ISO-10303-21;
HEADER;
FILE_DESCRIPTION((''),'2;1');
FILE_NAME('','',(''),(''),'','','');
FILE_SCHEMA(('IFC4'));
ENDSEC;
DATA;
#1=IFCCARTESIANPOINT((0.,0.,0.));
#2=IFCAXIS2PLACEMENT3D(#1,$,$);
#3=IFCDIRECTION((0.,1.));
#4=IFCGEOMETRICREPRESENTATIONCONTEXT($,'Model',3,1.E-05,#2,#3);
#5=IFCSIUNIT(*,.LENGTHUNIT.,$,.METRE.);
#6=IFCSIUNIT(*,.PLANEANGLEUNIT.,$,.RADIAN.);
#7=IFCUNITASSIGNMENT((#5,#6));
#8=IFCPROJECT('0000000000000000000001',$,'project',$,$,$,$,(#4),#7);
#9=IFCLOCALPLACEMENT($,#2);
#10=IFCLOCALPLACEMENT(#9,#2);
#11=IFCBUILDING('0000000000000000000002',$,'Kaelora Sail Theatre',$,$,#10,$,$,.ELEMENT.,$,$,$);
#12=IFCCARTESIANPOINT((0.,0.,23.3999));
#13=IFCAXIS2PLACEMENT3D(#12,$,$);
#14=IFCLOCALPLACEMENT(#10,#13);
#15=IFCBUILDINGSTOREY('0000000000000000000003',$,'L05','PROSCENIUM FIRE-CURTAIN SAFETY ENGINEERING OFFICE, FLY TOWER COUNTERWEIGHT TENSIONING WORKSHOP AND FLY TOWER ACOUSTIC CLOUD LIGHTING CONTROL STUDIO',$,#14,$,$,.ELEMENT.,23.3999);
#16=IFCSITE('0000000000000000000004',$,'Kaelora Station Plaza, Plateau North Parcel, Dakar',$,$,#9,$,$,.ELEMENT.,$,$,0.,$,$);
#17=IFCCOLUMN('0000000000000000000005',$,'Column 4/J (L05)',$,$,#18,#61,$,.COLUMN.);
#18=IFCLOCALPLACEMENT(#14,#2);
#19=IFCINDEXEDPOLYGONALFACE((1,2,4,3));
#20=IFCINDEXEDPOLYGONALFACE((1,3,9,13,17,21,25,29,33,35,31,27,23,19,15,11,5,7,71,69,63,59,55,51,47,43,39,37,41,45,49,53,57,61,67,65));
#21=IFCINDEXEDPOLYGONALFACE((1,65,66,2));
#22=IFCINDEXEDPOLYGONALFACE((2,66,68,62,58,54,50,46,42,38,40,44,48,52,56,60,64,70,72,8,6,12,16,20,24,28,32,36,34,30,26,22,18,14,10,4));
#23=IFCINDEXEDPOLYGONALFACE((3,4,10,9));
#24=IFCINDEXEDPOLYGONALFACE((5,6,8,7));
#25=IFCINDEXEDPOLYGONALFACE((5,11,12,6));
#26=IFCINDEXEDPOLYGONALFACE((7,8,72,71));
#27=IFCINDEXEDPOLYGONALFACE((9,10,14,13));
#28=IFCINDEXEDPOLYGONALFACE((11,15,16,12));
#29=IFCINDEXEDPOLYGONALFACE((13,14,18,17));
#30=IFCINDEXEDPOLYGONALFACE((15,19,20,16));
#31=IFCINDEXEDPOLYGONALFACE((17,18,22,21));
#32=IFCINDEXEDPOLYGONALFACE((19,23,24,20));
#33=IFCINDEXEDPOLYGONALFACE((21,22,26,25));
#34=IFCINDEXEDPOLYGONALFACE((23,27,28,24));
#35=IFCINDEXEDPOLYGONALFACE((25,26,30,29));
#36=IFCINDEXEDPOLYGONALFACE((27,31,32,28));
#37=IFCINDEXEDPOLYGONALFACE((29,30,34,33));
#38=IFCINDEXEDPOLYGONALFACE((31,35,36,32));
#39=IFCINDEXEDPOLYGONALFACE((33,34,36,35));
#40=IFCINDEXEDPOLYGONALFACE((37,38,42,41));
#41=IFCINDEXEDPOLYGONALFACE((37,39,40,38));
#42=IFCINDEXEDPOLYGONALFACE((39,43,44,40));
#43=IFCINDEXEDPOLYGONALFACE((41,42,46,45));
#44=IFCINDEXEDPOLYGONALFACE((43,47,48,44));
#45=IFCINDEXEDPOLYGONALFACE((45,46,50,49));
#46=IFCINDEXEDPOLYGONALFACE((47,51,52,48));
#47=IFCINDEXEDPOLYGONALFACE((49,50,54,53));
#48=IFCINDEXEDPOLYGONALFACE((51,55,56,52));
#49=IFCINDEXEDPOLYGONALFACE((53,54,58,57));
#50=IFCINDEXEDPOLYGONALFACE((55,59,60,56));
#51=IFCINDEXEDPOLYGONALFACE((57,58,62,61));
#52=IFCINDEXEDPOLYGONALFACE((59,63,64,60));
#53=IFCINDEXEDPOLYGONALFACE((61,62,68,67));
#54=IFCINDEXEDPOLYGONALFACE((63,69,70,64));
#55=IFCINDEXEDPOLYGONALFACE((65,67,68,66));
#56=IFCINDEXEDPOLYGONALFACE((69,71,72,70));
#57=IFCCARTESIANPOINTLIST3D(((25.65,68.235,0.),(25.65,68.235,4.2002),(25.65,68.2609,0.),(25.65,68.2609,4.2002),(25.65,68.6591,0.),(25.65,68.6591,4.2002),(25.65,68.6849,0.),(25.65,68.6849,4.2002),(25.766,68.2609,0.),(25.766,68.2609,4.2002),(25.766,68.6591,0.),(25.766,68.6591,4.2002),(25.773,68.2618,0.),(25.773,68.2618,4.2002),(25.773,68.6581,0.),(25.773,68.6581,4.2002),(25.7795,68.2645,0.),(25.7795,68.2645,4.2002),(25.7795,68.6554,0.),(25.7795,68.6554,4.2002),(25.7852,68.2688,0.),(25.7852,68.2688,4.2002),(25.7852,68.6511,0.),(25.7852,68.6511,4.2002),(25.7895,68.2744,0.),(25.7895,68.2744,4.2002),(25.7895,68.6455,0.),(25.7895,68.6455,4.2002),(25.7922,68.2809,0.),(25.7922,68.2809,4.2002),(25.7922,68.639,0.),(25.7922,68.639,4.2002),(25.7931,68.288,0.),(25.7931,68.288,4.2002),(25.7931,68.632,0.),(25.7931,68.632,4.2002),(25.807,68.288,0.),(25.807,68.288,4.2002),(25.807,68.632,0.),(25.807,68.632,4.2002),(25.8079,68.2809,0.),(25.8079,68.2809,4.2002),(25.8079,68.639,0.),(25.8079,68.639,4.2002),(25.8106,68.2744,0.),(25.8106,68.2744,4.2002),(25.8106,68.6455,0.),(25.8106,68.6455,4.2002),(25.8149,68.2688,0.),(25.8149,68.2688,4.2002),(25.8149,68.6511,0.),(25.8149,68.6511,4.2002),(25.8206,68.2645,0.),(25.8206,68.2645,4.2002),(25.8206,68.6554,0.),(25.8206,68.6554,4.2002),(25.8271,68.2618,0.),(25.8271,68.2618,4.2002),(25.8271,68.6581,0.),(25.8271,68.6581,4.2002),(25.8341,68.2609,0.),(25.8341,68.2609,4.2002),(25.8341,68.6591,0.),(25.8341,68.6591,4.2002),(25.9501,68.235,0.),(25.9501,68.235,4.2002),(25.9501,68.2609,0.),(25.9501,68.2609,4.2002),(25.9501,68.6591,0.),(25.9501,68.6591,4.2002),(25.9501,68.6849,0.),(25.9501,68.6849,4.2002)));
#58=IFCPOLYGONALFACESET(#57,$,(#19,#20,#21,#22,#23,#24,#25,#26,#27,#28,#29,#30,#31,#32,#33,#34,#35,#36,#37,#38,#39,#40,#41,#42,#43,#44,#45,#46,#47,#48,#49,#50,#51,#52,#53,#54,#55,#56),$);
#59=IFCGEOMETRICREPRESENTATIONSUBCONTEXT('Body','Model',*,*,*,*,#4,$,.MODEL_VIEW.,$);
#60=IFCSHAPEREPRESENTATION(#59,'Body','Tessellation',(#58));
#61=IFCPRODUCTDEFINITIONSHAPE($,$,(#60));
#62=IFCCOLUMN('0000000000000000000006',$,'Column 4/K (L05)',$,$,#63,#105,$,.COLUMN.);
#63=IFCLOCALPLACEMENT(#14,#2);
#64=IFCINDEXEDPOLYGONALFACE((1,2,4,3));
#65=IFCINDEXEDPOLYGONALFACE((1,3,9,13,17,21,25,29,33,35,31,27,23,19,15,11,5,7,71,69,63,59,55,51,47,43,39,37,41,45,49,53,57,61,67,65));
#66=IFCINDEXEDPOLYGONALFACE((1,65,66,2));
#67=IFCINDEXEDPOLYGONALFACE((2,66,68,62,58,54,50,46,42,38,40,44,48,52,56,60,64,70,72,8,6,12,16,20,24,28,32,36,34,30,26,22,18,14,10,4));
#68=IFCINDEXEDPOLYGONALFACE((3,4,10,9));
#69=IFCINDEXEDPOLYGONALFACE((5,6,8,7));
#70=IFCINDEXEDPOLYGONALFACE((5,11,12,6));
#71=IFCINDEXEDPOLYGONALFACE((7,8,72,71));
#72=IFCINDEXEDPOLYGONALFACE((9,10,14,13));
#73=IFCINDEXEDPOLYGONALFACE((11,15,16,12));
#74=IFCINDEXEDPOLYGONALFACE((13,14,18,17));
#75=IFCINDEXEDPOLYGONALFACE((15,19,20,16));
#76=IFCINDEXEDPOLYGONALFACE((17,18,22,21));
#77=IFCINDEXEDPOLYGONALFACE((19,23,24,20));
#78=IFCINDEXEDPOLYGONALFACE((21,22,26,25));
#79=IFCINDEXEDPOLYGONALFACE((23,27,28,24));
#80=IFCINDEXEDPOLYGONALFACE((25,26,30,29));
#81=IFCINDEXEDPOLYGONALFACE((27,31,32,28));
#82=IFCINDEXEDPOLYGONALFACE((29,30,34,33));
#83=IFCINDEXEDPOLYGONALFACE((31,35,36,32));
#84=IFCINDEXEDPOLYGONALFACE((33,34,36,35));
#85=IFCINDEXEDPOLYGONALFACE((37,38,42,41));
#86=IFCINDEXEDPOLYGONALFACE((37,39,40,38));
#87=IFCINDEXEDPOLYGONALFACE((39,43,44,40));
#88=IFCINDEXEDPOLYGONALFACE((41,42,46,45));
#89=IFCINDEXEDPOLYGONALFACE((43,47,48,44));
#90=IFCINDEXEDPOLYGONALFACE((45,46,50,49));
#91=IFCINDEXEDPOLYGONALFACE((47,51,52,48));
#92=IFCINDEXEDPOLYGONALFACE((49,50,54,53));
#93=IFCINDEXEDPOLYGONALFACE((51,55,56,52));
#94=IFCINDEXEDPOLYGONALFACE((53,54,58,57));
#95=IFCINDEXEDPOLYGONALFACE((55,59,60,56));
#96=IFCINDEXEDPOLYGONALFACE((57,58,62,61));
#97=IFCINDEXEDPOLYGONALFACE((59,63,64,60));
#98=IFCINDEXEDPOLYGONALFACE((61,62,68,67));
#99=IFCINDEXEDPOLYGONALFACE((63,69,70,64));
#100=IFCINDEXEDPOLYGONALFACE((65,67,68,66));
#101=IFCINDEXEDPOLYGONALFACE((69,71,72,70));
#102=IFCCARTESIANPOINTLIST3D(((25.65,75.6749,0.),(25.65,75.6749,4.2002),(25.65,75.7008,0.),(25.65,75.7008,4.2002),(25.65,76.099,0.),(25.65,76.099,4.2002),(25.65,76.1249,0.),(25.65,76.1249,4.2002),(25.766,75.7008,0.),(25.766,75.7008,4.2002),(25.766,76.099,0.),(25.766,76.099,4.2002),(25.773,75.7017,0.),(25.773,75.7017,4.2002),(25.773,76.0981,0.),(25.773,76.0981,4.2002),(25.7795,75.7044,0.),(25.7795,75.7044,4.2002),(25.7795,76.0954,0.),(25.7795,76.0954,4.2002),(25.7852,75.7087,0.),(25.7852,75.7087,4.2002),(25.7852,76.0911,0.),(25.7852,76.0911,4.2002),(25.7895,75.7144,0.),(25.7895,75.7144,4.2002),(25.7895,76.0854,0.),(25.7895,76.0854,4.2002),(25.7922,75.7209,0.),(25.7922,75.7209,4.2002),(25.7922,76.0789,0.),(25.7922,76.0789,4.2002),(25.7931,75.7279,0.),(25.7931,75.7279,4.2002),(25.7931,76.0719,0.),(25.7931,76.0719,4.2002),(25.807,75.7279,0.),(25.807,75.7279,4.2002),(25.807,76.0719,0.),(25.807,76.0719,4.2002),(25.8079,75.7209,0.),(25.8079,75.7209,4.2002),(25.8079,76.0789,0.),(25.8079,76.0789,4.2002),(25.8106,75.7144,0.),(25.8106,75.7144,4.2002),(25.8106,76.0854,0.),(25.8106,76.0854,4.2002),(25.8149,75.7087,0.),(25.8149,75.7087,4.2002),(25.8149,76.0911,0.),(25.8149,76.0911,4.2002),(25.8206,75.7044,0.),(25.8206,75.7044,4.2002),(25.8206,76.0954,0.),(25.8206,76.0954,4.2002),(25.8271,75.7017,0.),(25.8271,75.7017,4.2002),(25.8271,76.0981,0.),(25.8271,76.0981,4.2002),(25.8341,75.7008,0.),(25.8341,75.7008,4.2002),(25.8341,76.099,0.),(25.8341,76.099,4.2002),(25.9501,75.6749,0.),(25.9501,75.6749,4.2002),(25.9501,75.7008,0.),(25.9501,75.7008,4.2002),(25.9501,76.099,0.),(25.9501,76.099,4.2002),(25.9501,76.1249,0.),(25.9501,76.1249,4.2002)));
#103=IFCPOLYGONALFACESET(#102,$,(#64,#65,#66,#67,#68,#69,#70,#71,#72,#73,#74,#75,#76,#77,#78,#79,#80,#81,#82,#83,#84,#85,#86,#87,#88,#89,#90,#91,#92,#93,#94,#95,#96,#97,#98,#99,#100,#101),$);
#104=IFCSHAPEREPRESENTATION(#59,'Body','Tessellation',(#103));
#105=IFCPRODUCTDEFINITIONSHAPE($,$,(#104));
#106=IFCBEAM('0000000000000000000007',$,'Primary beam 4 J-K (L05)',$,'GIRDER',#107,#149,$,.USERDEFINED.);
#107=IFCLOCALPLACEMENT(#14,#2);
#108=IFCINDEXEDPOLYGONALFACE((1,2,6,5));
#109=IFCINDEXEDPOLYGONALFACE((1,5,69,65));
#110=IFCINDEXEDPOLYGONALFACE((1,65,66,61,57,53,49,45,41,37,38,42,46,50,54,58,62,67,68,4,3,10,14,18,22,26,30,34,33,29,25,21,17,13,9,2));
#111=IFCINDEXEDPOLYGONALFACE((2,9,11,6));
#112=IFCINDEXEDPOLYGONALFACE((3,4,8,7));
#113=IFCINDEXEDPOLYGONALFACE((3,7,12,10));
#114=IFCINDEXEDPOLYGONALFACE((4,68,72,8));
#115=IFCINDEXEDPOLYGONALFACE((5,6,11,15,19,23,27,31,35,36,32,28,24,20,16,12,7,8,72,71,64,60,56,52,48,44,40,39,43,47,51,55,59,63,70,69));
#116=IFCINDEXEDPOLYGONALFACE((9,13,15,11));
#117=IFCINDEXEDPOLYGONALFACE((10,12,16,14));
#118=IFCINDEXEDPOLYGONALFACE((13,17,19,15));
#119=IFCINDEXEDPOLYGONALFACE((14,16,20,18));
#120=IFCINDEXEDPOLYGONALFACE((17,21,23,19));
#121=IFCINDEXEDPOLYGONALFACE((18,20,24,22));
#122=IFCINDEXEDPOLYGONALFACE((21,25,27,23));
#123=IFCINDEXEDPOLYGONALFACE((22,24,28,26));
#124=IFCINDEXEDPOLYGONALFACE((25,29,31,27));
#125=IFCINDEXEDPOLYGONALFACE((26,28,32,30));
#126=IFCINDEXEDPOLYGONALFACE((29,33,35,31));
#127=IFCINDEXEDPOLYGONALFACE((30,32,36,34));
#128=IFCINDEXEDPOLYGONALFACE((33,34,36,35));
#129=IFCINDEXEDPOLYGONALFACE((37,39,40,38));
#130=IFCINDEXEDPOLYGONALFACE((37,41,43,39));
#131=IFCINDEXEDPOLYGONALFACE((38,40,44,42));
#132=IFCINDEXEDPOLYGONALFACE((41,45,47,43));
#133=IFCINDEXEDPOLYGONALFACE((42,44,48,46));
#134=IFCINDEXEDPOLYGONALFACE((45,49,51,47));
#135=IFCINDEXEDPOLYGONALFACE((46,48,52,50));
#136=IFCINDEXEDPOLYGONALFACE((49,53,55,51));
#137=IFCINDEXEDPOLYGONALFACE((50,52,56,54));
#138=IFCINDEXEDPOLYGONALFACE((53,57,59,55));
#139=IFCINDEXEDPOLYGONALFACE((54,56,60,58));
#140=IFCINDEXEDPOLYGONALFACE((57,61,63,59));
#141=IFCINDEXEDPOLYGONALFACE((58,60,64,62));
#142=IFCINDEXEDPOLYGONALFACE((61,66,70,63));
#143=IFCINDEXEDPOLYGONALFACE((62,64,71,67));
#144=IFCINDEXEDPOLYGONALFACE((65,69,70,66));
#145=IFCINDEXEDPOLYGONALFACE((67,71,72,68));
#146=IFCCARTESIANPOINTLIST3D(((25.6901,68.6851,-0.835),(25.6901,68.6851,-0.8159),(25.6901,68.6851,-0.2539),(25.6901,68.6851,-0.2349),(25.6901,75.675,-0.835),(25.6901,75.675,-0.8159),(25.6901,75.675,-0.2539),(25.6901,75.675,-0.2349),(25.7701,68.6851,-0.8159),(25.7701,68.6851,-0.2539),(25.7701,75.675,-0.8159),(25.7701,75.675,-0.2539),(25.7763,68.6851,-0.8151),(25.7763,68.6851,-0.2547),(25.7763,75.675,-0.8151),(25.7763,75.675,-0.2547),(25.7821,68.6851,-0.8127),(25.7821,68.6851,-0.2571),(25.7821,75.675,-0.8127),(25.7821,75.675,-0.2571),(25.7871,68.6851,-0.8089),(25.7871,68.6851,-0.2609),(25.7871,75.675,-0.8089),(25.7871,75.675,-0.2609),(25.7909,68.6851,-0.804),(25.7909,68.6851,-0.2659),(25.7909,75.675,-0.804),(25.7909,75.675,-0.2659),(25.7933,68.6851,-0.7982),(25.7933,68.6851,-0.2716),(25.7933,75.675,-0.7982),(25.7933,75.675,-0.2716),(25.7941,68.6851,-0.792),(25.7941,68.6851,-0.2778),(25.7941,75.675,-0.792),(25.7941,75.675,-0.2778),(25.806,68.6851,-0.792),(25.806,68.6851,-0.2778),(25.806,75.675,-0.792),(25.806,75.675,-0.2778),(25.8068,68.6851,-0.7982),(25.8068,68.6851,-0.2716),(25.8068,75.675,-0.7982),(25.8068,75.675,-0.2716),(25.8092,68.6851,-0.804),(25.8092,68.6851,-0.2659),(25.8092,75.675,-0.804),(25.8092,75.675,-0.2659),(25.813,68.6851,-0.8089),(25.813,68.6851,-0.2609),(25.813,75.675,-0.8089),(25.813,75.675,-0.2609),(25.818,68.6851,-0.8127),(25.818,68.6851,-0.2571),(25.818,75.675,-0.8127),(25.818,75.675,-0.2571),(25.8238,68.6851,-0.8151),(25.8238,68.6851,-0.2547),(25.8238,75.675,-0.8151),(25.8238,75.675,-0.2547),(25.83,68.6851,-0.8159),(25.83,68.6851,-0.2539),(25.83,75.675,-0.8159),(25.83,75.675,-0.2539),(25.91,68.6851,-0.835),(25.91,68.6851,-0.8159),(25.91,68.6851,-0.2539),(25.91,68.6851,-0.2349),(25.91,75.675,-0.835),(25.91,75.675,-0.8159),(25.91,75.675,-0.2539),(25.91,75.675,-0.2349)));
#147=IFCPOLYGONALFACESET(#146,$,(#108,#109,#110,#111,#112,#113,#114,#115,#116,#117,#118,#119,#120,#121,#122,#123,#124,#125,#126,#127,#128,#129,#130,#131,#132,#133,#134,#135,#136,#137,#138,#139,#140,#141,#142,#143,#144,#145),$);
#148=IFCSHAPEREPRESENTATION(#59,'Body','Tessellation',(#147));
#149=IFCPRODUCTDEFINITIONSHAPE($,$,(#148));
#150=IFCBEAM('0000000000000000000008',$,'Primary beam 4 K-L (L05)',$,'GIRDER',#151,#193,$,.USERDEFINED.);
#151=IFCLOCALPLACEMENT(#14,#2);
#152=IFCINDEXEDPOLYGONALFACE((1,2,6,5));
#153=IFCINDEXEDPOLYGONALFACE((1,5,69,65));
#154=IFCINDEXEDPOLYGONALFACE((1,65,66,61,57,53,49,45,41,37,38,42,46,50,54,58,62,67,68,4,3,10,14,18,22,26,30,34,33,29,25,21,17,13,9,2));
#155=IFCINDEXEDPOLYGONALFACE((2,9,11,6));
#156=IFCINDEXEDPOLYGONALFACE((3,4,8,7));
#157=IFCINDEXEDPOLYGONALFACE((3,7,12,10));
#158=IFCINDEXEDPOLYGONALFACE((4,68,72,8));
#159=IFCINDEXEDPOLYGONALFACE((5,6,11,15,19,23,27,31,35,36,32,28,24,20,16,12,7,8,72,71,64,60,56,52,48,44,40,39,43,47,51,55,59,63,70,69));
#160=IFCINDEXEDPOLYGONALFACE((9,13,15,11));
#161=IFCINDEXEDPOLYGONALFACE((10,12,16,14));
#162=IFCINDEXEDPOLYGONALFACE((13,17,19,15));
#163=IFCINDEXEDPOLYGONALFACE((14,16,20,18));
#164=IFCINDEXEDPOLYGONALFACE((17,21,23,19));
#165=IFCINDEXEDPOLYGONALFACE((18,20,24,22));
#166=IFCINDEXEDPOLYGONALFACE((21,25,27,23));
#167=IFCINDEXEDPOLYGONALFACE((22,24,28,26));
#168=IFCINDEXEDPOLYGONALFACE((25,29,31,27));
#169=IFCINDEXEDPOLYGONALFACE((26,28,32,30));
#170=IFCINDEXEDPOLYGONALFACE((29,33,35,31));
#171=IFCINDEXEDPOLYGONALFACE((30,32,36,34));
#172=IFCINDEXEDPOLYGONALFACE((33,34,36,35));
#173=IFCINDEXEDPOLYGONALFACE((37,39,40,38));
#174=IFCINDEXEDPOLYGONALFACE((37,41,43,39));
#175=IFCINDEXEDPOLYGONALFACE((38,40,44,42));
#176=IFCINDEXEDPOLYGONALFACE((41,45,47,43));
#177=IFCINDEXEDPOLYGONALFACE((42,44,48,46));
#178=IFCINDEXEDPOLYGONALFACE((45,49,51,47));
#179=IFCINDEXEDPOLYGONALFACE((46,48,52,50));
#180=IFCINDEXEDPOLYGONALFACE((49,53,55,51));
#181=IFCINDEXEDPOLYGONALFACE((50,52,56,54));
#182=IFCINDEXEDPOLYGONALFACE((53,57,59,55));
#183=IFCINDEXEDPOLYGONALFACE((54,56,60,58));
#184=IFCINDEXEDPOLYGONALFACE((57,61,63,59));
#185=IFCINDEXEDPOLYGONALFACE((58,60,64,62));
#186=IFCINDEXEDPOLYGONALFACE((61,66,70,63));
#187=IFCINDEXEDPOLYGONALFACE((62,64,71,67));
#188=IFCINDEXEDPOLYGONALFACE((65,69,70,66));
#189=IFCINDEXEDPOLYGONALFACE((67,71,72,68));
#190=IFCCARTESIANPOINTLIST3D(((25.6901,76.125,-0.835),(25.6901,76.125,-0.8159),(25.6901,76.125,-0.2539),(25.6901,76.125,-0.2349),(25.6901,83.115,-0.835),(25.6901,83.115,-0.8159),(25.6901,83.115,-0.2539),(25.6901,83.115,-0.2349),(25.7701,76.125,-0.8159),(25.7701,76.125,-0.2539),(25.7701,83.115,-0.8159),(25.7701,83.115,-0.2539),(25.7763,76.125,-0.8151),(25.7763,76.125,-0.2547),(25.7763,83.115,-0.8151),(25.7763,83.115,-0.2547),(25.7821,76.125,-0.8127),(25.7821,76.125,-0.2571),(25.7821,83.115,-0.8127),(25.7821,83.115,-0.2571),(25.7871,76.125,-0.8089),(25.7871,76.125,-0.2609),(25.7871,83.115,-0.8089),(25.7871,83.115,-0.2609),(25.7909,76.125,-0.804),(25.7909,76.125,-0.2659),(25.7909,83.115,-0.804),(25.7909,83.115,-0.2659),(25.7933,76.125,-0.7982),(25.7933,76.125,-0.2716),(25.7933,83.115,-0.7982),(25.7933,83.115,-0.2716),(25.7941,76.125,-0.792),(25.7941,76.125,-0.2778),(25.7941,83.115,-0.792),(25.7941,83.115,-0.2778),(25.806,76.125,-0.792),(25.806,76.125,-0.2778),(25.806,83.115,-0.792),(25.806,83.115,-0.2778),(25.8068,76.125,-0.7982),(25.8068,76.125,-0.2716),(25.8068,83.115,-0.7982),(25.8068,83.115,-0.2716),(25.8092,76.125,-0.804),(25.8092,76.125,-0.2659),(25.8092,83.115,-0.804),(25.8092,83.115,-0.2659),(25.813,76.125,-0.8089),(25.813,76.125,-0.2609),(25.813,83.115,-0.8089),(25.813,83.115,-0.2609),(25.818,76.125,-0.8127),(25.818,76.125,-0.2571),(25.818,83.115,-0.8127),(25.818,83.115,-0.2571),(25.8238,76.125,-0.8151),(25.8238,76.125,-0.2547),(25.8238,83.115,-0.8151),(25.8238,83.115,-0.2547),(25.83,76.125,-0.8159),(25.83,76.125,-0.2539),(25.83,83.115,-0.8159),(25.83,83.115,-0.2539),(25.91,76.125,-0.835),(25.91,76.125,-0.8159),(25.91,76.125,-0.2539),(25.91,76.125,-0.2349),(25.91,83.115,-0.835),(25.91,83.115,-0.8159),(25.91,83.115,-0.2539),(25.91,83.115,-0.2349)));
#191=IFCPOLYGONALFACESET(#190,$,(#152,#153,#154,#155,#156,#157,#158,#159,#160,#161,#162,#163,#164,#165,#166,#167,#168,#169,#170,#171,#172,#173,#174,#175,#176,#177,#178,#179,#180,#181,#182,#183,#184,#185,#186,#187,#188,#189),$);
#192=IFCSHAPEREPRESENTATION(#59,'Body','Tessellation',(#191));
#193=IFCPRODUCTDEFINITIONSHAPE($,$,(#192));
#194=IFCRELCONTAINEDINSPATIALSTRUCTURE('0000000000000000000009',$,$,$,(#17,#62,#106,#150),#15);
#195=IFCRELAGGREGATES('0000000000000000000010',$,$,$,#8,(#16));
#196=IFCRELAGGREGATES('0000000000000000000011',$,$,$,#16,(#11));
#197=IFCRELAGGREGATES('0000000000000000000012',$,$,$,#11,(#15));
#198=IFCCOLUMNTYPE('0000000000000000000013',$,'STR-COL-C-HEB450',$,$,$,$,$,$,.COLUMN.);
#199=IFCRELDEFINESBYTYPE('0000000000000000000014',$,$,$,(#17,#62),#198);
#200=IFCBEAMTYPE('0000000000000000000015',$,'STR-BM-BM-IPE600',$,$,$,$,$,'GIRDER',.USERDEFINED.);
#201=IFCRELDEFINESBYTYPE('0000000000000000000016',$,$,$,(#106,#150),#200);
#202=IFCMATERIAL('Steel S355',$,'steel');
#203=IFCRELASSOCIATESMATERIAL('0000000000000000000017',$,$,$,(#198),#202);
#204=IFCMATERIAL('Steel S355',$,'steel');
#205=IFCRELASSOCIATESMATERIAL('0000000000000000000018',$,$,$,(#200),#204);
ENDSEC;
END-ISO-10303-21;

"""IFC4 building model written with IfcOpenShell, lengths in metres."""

from ifc_helpers import new_model, si_unit, direction, frame, origin, origin_2d, place, context, subcontext, project, spatial, i_section, extrude, material, material_profile, profile_set, type_object, element, save


model = new_model("IFC4")

# Units and contexts
model_context = context("Model", 3, precision=1e-05, world=origin(), true_north=direction((0.0, 1.0)))
body_context = subcontext(model_context, "Body", "Model", "MODEL_VIEW")
ifc_project = project(units=[si_unit("LENGTHUNIT", "METRE"), si_unit("PLANEANGLEUNIT", "RADIAN")], contexts=[model_context])

# Site, building, storey
site_placement = place(None, origin())
site = spatial("IfcSite", under=ifc_project, at=site_placement, Name="Kaelora Station Plaza, Plateau North Parcel, Dakar", CompositionType="ELEMENT", RefElevation=0.0)
building_placement = place(site_placement, origin())
building = spatial("IfcBuilding", under=site, at=building_placement, Name="Kaelora Sail Theatre", CompositionType="ELEMENT")
storey_placement = place(building_placement, frame((0.0, 0.0, 23.3999)))
storey = spatial("IfcBuildingStorey", under=building, at=storey_placement, Name="L05", Description="PROSCENIUM FIRE-CURTAIN SAFETY ENGINEERING OFFICE, FLY TOWER COUNTERWEIGHT TENSIONING WORKSHOP AND FLY TOWER ACOUSTIC CLOUD LIGHTING CONTROL STUDIO", CompositionType="ELEMENT", Elevation=23.3999)

# Columns
ifc_material_1 = material(Name="Steel S355", Category="steel")
ifc_material_profile_1 = material_profile(ifc_material_1, i_section(OverallWidth=0.3, OverallDepth=0.45, WebThickness=0.0139, FlangeThickness=0.0259, FilletRadius=0.0271, at=origin_2d()), Name="HEB 450")
ifc_profile_set_1 = profile_set([ifc_material_profile_1], Name="Steel S355")
column_type = type_object("IfcColumnType", Name="STR-COL-C-HEB450", PredefinedType="COLUMN", material=ifc_profile_set_1)
for number, where, z_axis, x_axis, name in (
    (1, (25.8, 68.46, 0.0), (0.0, 0.0, 1.0), (1.0, 0.0, 0.0), "Column 4/J (L05)"),
    (2, (25.8, 75.8999, 0.0), (0.0, 0.0, 1.0), (1.0, 0.0, 0.0), "Column 4/K (L05)"),
):
    element("IfcColumn", number, at=place(storey_placement, frame(where, z_axis=z_axis, x_axis=x_axis)), inside=storey, type_object=column_type, Name=name, PredefinedType="COLUMN", context=body_context, shape_type="SweptSolid", body=[
        extrude(i_section(OverallWidth=0.3, OverallDepth=0.45, WebThickness=0.0139, FlangeThickness=0.0259, FilletRadius=0.0271, at=origin_2d()), origin(), (0.0, 0.0, 1.0), 4.2002),
    ])

# Beams
ifc_material_2 = material(Name="Steel S355", Category="steel")
ifc_material_profile_2 = material_profile(ifc_material_2, i_section(OverallWidth=0.22, OverallDepth=0.6001, WebThickness=0.012, FlangeThickness=0.019, FilletRadius=0.0239, at=origin_2d()), Name="IPE 600")
ifc_profile_set_2 = profile_set([ifc_material_profile_2], Name="Steel S355")
beam_type = type_object("IfcBeamType", Name="STR-BM-BM-IPE600", ElementType="GIRDER", PredefinedType="USERDEFINED", material=ifc_profile_set_2)
for number, where, z_axis, x_axis, name in (
    (3, (25.8, 68.6851, -0.5349), (0.0, 1.0, 0.0), (-1.0, 0.0, 0.0), "Primary beam 4 J-K (L05)"),
    (4, (25.8, 76.125, -0.5349), (0.0, 1.0, 0.0), (-1.0, 0.0, 0.0), "Primary beam 4 K-L (L05)"),
):
    element("IfcBeam", number, at=place(storey_placement, frame(where, z_axis=z_axis, x_axis=x_axis)), inside=storey, type_object=beam_type, Name=name, ObjectType="GIRDER", PredefinedType="USERDEFINED", context=body_context, shape_type="SweptSolid", body=[
        extrude(i_section(OverallWidth=0.22, OverallDepth=0.6001, WebThickness=0.012, FlangeThickness=0.019, FilletRadius=0.0239, at=origin_2d()), origin(), (0.0, 0.0, 1.0), 6.99),
    ])

save(model, "model.ifc")
